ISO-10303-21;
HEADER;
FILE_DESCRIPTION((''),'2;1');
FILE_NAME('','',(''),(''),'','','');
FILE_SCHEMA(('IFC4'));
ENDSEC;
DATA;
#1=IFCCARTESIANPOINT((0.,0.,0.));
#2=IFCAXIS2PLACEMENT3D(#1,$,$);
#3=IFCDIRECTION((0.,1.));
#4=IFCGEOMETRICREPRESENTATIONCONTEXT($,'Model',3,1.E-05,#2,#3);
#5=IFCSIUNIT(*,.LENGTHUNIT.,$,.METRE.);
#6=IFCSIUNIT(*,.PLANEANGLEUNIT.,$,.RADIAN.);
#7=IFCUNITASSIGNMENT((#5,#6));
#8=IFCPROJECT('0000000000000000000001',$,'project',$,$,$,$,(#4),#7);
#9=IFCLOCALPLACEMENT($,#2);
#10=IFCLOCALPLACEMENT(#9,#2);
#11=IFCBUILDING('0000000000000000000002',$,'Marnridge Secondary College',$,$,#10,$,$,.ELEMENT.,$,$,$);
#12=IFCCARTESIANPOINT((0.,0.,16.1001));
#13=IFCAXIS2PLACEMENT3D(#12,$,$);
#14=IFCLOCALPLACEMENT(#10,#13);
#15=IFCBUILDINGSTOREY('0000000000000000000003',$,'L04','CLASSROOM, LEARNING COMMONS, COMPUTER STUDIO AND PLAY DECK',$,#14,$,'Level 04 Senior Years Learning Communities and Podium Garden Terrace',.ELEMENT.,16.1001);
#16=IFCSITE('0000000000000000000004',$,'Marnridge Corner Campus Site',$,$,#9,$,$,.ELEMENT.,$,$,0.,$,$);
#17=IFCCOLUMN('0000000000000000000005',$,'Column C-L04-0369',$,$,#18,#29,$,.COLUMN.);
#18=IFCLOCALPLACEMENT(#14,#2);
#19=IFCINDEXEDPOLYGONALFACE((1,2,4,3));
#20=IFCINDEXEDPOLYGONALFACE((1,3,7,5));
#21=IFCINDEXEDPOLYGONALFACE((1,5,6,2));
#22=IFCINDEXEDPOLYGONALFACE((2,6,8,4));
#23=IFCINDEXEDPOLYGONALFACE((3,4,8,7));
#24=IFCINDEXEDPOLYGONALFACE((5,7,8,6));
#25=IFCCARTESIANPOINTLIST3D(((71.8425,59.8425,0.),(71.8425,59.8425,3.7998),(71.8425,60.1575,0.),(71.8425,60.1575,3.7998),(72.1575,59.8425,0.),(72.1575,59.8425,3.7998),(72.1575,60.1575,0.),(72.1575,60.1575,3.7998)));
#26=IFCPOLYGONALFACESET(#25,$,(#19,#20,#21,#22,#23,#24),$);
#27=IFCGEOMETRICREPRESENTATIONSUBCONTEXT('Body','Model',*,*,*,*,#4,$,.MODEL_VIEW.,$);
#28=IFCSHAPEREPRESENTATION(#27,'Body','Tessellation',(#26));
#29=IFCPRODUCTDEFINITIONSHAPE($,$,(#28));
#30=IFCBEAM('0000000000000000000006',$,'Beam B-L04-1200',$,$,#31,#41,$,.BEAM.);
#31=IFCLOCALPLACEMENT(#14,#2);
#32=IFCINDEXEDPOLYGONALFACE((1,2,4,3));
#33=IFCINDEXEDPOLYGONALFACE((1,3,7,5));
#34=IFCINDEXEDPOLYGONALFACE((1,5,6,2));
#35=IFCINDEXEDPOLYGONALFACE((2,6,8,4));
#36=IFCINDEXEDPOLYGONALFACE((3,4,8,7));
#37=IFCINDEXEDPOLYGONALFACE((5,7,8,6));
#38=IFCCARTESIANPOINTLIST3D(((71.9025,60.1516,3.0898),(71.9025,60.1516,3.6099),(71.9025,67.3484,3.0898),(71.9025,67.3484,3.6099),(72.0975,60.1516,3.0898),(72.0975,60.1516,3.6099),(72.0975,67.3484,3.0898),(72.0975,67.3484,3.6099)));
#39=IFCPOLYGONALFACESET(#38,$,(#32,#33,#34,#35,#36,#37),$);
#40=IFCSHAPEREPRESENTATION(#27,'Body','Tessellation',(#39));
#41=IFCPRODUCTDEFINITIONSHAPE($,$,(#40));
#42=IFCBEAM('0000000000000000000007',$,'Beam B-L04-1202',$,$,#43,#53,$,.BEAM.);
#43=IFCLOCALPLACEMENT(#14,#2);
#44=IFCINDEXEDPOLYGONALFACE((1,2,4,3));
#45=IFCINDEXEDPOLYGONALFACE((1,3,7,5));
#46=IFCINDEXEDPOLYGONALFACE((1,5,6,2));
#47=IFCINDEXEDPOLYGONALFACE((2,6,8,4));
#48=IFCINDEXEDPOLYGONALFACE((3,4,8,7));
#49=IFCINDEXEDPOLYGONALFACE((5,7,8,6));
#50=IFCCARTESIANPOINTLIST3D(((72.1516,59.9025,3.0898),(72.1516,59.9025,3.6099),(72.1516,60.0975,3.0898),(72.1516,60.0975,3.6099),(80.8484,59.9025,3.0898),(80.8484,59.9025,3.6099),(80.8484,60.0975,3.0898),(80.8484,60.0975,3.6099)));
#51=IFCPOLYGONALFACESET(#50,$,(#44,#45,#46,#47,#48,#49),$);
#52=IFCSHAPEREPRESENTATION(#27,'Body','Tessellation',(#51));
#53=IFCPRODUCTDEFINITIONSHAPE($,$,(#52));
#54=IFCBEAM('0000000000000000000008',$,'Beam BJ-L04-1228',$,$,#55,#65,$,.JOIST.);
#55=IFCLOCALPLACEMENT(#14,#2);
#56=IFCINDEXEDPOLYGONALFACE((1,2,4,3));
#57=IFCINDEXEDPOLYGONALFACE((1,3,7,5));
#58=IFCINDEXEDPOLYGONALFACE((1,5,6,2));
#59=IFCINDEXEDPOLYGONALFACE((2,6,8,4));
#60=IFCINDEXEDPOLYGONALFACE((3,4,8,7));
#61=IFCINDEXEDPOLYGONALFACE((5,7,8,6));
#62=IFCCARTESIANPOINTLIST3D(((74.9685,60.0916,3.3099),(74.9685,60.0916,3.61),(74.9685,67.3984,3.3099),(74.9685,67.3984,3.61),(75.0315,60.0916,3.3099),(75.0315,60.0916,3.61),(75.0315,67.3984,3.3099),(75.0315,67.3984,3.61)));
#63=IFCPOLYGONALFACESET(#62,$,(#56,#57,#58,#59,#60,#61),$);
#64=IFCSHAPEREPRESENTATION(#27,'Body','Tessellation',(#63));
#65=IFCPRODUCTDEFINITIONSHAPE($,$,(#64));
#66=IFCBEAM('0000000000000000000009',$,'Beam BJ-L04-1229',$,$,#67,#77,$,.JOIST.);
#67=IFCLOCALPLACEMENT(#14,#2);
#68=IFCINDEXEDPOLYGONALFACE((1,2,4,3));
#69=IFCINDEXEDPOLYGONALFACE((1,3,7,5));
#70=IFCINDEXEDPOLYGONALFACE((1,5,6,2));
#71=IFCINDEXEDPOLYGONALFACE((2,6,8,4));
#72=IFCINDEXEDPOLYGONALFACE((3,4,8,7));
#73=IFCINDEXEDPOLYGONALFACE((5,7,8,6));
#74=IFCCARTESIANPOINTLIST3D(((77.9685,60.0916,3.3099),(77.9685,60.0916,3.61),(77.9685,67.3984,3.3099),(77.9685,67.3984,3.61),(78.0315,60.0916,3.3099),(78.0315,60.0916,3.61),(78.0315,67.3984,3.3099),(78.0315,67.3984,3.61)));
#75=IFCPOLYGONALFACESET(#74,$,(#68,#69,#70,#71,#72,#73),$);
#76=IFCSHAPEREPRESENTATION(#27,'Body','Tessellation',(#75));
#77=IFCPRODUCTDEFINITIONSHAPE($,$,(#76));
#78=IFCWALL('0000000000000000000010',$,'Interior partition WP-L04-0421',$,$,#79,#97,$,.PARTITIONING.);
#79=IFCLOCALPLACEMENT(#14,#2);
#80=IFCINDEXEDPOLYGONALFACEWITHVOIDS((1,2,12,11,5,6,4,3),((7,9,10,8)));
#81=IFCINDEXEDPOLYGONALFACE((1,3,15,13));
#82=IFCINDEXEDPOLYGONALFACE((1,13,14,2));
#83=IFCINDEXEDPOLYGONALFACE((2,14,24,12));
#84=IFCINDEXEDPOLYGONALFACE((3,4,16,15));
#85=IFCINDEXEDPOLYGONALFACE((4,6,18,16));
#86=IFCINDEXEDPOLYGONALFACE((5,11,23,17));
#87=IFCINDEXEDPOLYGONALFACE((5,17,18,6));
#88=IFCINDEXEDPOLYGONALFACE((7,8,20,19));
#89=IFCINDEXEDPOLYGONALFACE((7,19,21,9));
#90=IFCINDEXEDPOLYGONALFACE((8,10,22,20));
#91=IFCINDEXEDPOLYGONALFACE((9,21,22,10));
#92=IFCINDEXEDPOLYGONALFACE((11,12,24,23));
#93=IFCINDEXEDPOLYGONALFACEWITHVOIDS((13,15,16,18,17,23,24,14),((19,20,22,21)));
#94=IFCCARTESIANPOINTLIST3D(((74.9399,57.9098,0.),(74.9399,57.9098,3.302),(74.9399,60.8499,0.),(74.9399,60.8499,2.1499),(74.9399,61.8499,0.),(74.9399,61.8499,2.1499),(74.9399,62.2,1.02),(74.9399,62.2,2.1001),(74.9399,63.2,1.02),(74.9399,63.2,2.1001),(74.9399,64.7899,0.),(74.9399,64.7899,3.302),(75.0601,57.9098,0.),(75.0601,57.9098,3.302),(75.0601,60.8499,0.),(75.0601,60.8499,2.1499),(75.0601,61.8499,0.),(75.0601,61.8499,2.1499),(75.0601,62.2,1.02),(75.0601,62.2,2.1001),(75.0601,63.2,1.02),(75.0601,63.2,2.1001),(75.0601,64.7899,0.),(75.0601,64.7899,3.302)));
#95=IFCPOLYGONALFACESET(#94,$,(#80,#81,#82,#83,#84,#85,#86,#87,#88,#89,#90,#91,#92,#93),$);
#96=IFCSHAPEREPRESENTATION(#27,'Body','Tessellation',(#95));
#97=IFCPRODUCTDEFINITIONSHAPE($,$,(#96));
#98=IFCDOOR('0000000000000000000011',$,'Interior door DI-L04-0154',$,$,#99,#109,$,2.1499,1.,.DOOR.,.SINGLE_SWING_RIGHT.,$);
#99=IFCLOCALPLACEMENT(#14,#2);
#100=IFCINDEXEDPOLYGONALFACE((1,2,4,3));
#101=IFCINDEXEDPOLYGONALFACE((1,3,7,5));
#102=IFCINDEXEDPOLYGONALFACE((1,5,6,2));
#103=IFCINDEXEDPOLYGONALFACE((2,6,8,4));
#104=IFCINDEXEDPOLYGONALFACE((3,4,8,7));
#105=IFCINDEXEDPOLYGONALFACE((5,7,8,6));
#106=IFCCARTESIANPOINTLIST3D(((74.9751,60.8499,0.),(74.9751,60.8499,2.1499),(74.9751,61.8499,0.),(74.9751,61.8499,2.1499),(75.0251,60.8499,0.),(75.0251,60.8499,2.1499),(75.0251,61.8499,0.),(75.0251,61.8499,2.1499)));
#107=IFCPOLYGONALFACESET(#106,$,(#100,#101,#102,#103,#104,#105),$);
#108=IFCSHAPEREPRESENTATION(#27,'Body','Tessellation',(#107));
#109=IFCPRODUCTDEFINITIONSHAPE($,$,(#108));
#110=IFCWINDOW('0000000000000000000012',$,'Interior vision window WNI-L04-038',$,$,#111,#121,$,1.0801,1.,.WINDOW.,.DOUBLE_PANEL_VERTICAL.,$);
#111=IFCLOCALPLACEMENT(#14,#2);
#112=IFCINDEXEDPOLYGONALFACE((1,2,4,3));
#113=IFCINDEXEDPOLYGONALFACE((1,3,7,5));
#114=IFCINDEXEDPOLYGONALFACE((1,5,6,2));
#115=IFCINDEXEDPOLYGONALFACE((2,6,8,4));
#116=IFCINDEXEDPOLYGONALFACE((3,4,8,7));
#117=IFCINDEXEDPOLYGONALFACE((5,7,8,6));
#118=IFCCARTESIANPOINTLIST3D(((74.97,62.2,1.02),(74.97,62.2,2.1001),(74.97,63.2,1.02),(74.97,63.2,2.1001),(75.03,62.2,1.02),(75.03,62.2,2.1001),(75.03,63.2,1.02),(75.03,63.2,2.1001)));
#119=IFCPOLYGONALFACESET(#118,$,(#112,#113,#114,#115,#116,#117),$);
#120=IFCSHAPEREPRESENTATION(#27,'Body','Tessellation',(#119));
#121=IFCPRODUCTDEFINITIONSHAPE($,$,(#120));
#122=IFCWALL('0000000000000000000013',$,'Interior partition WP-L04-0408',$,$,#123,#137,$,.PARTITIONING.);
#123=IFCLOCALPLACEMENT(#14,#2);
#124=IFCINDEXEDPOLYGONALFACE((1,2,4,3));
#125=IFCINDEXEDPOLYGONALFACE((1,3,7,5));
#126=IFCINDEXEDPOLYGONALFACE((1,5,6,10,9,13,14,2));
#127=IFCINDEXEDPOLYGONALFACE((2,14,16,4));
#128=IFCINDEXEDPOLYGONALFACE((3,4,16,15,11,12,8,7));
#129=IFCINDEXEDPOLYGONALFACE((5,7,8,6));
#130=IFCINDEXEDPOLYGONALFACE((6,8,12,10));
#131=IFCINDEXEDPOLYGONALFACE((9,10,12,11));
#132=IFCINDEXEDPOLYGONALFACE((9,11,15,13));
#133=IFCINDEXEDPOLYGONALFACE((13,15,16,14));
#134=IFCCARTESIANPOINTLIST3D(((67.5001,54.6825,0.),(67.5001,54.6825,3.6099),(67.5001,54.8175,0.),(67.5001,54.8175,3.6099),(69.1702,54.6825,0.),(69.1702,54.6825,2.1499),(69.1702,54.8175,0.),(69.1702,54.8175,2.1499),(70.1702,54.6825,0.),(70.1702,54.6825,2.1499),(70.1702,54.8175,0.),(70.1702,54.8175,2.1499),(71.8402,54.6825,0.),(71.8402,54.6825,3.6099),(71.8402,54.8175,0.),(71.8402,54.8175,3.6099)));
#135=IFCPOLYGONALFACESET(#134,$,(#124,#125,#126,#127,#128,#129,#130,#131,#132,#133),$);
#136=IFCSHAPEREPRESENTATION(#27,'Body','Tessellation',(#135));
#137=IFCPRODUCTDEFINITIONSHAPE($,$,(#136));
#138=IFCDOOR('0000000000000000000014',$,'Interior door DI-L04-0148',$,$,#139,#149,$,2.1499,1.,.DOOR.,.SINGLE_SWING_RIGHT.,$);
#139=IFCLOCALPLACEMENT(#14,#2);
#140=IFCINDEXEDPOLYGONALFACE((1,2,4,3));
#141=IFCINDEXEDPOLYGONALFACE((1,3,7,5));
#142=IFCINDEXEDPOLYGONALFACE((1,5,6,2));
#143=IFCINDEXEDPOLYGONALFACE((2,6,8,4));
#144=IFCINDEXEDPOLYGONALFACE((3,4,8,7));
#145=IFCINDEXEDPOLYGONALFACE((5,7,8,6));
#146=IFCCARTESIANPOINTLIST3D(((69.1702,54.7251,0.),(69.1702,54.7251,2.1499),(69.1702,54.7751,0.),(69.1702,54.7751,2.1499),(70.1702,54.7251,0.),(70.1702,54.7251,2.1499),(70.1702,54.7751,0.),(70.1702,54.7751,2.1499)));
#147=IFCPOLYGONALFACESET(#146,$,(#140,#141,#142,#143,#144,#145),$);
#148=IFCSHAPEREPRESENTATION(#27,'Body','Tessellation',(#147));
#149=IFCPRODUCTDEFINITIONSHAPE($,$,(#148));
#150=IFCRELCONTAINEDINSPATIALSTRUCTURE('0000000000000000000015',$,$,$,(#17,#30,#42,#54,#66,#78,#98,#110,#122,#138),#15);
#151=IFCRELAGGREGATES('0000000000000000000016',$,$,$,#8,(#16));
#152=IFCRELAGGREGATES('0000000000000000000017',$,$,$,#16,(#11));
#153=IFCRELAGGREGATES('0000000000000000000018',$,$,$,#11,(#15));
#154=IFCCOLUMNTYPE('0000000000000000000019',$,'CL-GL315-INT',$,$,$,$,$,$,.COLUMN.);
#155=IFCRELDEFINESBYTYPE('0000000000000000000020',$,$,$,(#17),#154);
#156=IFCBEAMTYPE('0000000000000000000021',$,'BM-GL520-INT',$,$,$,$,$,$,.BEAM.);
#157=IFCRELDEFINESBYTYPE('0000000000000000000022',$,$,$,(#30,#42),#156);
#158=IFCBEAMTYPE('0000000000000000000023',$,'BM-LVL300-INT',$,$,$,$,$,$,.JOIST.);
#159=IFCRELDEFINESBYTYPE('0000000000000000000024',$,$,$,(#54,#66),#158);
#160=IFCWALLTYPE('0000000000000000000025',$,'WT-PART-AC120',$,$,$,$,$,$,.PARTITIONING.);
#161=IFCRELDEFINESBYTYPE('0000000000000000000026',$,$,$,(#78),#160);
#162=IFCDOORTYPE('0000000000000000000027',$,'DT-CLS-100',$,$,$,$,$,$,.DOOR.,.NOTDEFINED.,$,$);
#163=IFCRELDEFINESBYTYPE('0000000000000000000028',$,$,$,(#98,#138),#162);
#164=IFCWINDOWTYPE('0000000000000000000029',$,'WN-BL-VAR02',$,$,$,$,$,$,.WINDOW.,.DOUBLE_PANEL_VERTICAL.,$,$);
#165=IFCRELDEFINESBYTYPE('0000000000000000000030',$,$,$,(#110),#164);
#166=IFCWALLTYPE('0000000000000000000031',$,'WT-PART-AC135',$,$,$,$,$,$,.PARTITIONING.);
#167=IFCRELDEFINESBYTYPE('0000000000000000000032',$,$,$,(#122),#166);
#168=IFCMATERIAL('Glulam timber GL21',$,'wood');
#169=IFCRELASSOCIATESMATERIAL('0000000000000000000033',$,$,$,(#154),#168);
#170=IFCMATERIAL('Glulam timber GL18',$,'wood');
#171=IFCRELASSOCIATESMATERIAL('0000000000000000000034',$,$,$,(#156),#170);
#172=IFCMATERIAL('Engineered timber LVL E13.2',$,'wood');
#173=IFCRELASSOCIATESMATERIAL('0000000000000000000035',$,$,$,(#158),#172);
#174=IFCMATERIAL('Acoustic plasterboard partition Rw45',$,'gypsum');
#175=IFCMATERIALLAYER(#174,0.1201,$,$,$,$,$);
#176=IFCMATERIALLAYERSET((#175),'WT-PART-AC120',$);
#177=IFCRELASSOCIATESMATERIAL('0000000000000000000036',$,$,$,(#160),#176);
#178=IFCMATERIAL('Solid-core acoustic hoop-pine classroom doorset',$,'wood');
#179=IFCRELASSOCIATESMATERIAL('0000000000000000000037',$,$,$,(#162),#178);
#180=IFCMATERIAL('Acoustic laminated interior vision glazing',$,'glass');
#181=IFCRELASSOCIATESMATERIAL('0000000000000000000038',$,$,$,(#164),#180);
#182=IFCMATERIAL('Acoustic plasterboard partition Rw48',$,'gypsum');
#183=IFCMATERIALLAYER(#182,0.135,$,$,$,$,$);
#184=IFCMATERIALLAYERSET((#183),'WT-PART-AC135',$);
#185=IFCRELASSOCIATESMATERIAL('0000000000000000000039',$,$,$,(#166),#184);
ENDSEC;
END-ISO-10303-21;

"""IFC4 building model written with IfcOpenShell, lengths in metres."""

from ifc_helpers import new_model, si_unit, direction, frame, frame_2d, origin, origin_2d, place, context, subcontext, project, spatial, rectangle, extrude, material, layer, layer_set, material_profile, profile_set, type_object, element, fill, save


model = new_model("IFC4")

# Units and contexts
model_context = context("Model", 3, precision=1e-05, world=origin(), true_north=direction((0.0, 1.0)))
body_context = subcontext(model_context, "Body", "Model", "MODEL_VIEW")
ifc_project = project(units=[si_unit("LENGTHUNIT", "METRE"), si_unit("PLANEANGLEUNIT", "RADIAN")], contexts=[model_context])

# Site, building, storey
site_placement = place(None, origin())
site = spatial("IfcSite", under=ifc_project, at=site_placement, Name="Marnridge Corner Campus Site", CompositionType="ELEMENT", RefElevation=0.0)
building_placement = place(site_placement, origin())
building = spatial("IfcBuilding", under=site, at=building_placement, Name="Marnridge Secondary College", CompositionType="ELEMENT")
storey_placement = place(building_placement, frame((0.0, 0.0, 16.1001)))
storey = spatial("IfcBuildingStorey", under=building, at=storey_placement, Name="L04", Description="CLASSROOM, LEARNING COMMONS, COMPUTER STUDIO AND PLAY DECK", LongName="Level 04 Senior Years Learning Communities and Podium Garden Terrace", CompositionType="ELEMENT", Elevation=16.1001)

# Column
ifc_material_1 = material(Name="Glulam timber GL21", Category="wood")
ifc_material_profile_1 = material_profile(ifc_material_1, rectangle(XDim=0.3149, YDim=0.3149, at=origin_2d()), Name="GL21 315x315")
ifc_profile_set_1 = profile_set([ifc_material_profile_1], Name="Glulam timber GL21")
column_type = type_object("IfcColumnType", Name="CL-GL315-INT", PredefinedType="COLUMN", material=ifc_profile_set_1)
column_placement = place(storey_placement, frame((72.0, 60.0, 0.0), z_axis=(0.0, 0.0, 1.0), x_axis=(1.0, 0.0, 0.0)))
element("IfcColumn", 1, at=column_placement, inside=storey, type_object=column_type, Name="Column C-L04-0369", PredefinedType="COLUMN", context=body_context, shape_type="SweptSolid", body=[
    extrude(rectangle(XDim=0.3149, YDim=0.3149, at=origin_2d()), origin(), (0.0, 0.0, 1.0), 3.7998),
])

# Beams
ifc_material_2 = material(Name="Glulam timber GL18", Category="wood")
ifc_material_profile_2 = material_profile(ifc_material_2, rectangle(XDim=0.1951, YDim=0.52, at=origin_2d()), Name="GL18 195x520")
ifc_profile_set_2 = profile_set([ifc_material_profile_2], Name="Glulam timber GL18")
beam_type_1 = type_object("IfcBeamType", Name="BM-GL520-INT", PredefinedType="BEAM", material=ifc_profile_set_2)
beam_1_placement = place(storey_placement, frame((72.0, 60.1516, 3.3499), z_axis=(0.0, 1.0, 0.0), x_axis=(-1.0, 0.0, 0.0)))
element("IfcBeam", 2, at=beam_1_placement, inside=storey, type_object=beam_type_1, Name="Beam B-L04-1200", PredefinedType="BEAM", context=body_context, shape_type="SweptSolid", body=[
    extrude(rectangle(XDim=0.1951, YDim=0.52, at=origin_2d()), origin(), (0.0, 0.0, 1.0), 7.1968),
])
beam_2_placement = place(storey_placement, frame((72.1516, 60.0, 3.3499), z_axis=(1.0, 0.0, 0.0), x_axis=(0.0, 1.0, 0.0)))
element("IfcBeam", 3, at=beam_2_placement, inside=storey, type_object=beam_type_1, Name="Beam B-L04-1202", PredefinedType="BEAM", context=body_context, shape_type="SweptSolid", body=[
    extrude(rectangle(XDim=0.1951, YDim=0.52, at=origin_2d()), origin(), (0.0, 0.0, 1.0), 8.6968),
])
ifc_material_3 = material(Name="Engineered timber LVL E13.2", Category="wood")
ifc_material_profile_3 = material_profile(ifc_material_3, rectangle(XDim=0.063, YDim=0.3, at=origin_2d()), Name="LVL 63x300")
ifc_profile_set_3 = profile_set([ifc_material_profile_3], Name="Engineered timber LVL E13.2")
beam_type_2 = type_object("IfcBeamType", Name="BM-LVL300-INT", PredefinedType="JOIST", material=ifc_profile_set_3)
for number, where, z_axis, x_axis, name in (
    (4, (75.0, 60.0916, 3.46), (0.0, 1.0, 0.0), (-1.0, 0.0, 0.0), "Beam BJ-L04-1228"),
    (5, (78.0, 60.0916, 3.46), (0.0, 1.0, 0.0), (-1.0, 0.0, 0.0), "Beam BJ-L04-1229"),
):
    element("IfcBeam", number, at=place(storey_placement, frame(where, z_axis=z_axis, x_axis=x_axis)), inside=storey, type_object=beam_type_2, Name=name, PredefinedType="JOIST", context=body_context, shape_type="SweptSolid", body=[
        extrude(rectangle(XDim=0.063, YDim=0.3, at=origin_2d()), origin(), (0.0, 0.0, 1.0), 7.3069),
    ])

# Wall, openings, door, window
ifc_material_4 = material(Name="Acoustic plasterboard partition Rw45", Category="gypsum")
ifc_layer_1 = layer(ifc_material_4, 0.1201)
ifc_layer_set_1 = layer_set([ifc_layer_1], Name="WT-PART-AC120")
wall_type_1 = type_object("IfcWallType", Name="WT-PART-AC120", PredefinedType="PARTITIONING", material=ifc_layer_set_1)
wall_1_placement = place(storey_placement, frame((75.0, 57.9099, 0.0), z_axis=(0.0, 0.0, 1.0), x_axis=(0.0, 1.0, 0.0)))
wall_1 = element("IfcWall", 6, at=wall_1_placement, inside=storey, type_object=wall_type_1, Name="Interior partition WP-L04-0421", PredefinedType="PARTITIONING", context=body_context, shape_type="SweptSolid", body=[
    extrude(rectangle(XDim=6.8801, YDim=0.1201, at=frame_2d((3.4399, 0.0))), origin(), (0.0, 0.0, 1.0), 3.302),
])
opening_1_placement = place(wall_1_placement, frame((2.9399, 0.0, 0.0)))
opening_1 = element("IfcOpeningElement", 7, at=opening_1_placement, cuts=wall_1, PredefinedType="OPENING", context=body_context, shape_type="SweptSolid", body=[
    extrude(rectangle(XDim=1.0, YDim=2.1499, at=frame_2d((0.5, 1.075))), frame((0.0, 0.0701, 0.0), z_axis=(0.0, -1.0, 0.0), x_axis=(1.0, 0.0, 0.0)), (0.0, 0.0, 1.0), 0.1401),
])
opening_2_placement = place(wall_1_placement, frame((4.29, 0.0, 1.02)))
opening_2 = element("IfcOpeningElement", 8, at=opening_2_placement, cuts=wall_1, PredefinedType="OPENING", context=body_context, shape_type="SweptSolid", body=[
    extrude(rectangle(XDim=1.0, YDim=1.0801, at=frame_2d((0.5, 0.54))), frame((0.0, 0.0701, 0.0), z_axis=(0.0, -1.0, 0.0), x_axis=(1.0, 0.0, 0.0)), (0.0, 0.0, 1.0), 0.1401),
])
ifc_material_5 = material(Name="Solid-core acoustic hoop-pine classroom doorset", Category="wood")
door_type = type_object("IfcDoorType", Name="DT-CLS-100", OperationType="NOTDEFINED", PredefinedType="DOOR", material=ifc_material_5)
door_1_placement = place(opening_1_placement, origin())
door_1 = element("IfcDoor", 9, at=door_1_placement, inside=storey, type_object=door_type, Name="Interior door DI-L04-0154", OperationType="SINGLE_SWING_RIGHT", OverallHeight=2.1499, OverallWidth=1.0, PredefinedType="DOOR", context=body_context, shape_type="SweptSolid", body=[
    extrude(rectangle(XDim=1.0, YDim=2.1499, at=frame_2d((0.5, 1.075))), frame((0.0, 0.0249, 0.0), z_axis=(0.0, -1.0, 0.0), x_axis=(1.0, 0.0, 0.0)), (0.0, 0.0, 1.0), 0.05),
])
fill(opening_1, door_1)
ifc_material_6 = material(Name="Acoustic laminated interior vision glazing", Category="glass")
window_type = type_object("IfcWindowType", Name="WN-BL-VAR02", PartitioningType="DOUBLE_PANEL_VERTICAL", PredefinedType="WINDOW", material=ifc_material_6)
window_placement = place(opening_2_placement, origin())
window = element("IfcWindow", 10, at=window_placement, inside=storey, type_object=window_type, Name="Interior vision window WNI-L04-038", OverallHeight=1.0801, OverallWidth=1.0, PartitioningType="DOUBLE_PANEL_VERTICAL", PredefinedType="WINDOW", context=body_context, shape_type="SweptSolid", body=[
    extrude(rectangle(XDim=1.0, YDim=1.0801, at=frame_2d((0.5, 0.54))), frame((0.0, 0.03, 0.0), z_axis=(0.0, -1.0, 0.0), x_axis=(1.0, 0.0, 0.0)), (0.0, 0.0, 1.0), 0.0601),
])
fill(opening_2, window)

# Wall, opening, door
ifc_material_7 = material(Name="Acoustic plasterboard partition Rw48", Category="gypsum")
ifc_layer_2 = layer(ifc_material_7, 0.135)
ifc_layer_set_2 = layer_set([ifc_layer_2], Name="WT-PART-AC135")
wall_type_2 = type_object("IfcWallType", Name="WT-PART-AC135", PredefinedType="PARTITIONING", material=ifc_layer_set_2)
wall_2_placement = place(storey_placement, frame((71.8401, 54.75, 0.0), z_axis=(0.0, 0.0, 1.0), x_axis=(-1.0, 0.0, 0.0)))
wall_2 = element("IfcWall", 11, at=wall_2_placement, inside=storey, type_object=wall_type_2, Name="Interior partition WP-L04-0408", PredefinedType="PARTITIONING", context=body_context, shape_type="SweptSolid", body=[
    extrude(rectangle(XDim=4.3401, YDim=0.135, at=frame_2d((2.1699, 0.0))), origin(), (0.0, 0.0, 1.0), 3.6099),
])
opening_3_placement = place(wall_2_placement, frame((1.6699, 0.0, 0.0)))
opening_3 = element("IfcOpeningElement", 12, at=opening_3_placement, cuts=wall_2, PredefinedType="OPENING", context=body_context, shape_type="SweptSolid", body=[
    extrude(rectangle(XDim=1.0, YDim=2.1499, at=frame_2d((0.5, 1.075))), frame((0.0, 0.0774, 0.0), z_axis=(0.0, -1.0, 0.0), x_axis=(1.0, 0.0, 0.0)), (0.0, 0.0, 1.0), 0.155),
])
door_2_placement = place(opening_3_placement, origin())
door_2 = element("IfcDoor", 13, at=door_2_placement, inside=storey, type_object=door_type, Name="Interior door DI-L04-0148", OperationType="SINGLE_SWING_RIGHT", OverallHeight=2.1499, OverallWidth=1.0, PredefinedType="DOOR", context=body_context, shape_type="SweptSolid", body=[
    extrude(rectangle(XDim=1.0, YDim=2.1499, at=frame_2d((0.5, 1.075))), frame((0.0, 0.0249, 0.0), z_axis=(0.0, -1.0, 0.0), x_axis=(1.0, 0.0, 0.0)), (0.0, 0.0, 1.0), 0.05),
])
fill(opening_3, door_2)

save(model, "model.ifc")
